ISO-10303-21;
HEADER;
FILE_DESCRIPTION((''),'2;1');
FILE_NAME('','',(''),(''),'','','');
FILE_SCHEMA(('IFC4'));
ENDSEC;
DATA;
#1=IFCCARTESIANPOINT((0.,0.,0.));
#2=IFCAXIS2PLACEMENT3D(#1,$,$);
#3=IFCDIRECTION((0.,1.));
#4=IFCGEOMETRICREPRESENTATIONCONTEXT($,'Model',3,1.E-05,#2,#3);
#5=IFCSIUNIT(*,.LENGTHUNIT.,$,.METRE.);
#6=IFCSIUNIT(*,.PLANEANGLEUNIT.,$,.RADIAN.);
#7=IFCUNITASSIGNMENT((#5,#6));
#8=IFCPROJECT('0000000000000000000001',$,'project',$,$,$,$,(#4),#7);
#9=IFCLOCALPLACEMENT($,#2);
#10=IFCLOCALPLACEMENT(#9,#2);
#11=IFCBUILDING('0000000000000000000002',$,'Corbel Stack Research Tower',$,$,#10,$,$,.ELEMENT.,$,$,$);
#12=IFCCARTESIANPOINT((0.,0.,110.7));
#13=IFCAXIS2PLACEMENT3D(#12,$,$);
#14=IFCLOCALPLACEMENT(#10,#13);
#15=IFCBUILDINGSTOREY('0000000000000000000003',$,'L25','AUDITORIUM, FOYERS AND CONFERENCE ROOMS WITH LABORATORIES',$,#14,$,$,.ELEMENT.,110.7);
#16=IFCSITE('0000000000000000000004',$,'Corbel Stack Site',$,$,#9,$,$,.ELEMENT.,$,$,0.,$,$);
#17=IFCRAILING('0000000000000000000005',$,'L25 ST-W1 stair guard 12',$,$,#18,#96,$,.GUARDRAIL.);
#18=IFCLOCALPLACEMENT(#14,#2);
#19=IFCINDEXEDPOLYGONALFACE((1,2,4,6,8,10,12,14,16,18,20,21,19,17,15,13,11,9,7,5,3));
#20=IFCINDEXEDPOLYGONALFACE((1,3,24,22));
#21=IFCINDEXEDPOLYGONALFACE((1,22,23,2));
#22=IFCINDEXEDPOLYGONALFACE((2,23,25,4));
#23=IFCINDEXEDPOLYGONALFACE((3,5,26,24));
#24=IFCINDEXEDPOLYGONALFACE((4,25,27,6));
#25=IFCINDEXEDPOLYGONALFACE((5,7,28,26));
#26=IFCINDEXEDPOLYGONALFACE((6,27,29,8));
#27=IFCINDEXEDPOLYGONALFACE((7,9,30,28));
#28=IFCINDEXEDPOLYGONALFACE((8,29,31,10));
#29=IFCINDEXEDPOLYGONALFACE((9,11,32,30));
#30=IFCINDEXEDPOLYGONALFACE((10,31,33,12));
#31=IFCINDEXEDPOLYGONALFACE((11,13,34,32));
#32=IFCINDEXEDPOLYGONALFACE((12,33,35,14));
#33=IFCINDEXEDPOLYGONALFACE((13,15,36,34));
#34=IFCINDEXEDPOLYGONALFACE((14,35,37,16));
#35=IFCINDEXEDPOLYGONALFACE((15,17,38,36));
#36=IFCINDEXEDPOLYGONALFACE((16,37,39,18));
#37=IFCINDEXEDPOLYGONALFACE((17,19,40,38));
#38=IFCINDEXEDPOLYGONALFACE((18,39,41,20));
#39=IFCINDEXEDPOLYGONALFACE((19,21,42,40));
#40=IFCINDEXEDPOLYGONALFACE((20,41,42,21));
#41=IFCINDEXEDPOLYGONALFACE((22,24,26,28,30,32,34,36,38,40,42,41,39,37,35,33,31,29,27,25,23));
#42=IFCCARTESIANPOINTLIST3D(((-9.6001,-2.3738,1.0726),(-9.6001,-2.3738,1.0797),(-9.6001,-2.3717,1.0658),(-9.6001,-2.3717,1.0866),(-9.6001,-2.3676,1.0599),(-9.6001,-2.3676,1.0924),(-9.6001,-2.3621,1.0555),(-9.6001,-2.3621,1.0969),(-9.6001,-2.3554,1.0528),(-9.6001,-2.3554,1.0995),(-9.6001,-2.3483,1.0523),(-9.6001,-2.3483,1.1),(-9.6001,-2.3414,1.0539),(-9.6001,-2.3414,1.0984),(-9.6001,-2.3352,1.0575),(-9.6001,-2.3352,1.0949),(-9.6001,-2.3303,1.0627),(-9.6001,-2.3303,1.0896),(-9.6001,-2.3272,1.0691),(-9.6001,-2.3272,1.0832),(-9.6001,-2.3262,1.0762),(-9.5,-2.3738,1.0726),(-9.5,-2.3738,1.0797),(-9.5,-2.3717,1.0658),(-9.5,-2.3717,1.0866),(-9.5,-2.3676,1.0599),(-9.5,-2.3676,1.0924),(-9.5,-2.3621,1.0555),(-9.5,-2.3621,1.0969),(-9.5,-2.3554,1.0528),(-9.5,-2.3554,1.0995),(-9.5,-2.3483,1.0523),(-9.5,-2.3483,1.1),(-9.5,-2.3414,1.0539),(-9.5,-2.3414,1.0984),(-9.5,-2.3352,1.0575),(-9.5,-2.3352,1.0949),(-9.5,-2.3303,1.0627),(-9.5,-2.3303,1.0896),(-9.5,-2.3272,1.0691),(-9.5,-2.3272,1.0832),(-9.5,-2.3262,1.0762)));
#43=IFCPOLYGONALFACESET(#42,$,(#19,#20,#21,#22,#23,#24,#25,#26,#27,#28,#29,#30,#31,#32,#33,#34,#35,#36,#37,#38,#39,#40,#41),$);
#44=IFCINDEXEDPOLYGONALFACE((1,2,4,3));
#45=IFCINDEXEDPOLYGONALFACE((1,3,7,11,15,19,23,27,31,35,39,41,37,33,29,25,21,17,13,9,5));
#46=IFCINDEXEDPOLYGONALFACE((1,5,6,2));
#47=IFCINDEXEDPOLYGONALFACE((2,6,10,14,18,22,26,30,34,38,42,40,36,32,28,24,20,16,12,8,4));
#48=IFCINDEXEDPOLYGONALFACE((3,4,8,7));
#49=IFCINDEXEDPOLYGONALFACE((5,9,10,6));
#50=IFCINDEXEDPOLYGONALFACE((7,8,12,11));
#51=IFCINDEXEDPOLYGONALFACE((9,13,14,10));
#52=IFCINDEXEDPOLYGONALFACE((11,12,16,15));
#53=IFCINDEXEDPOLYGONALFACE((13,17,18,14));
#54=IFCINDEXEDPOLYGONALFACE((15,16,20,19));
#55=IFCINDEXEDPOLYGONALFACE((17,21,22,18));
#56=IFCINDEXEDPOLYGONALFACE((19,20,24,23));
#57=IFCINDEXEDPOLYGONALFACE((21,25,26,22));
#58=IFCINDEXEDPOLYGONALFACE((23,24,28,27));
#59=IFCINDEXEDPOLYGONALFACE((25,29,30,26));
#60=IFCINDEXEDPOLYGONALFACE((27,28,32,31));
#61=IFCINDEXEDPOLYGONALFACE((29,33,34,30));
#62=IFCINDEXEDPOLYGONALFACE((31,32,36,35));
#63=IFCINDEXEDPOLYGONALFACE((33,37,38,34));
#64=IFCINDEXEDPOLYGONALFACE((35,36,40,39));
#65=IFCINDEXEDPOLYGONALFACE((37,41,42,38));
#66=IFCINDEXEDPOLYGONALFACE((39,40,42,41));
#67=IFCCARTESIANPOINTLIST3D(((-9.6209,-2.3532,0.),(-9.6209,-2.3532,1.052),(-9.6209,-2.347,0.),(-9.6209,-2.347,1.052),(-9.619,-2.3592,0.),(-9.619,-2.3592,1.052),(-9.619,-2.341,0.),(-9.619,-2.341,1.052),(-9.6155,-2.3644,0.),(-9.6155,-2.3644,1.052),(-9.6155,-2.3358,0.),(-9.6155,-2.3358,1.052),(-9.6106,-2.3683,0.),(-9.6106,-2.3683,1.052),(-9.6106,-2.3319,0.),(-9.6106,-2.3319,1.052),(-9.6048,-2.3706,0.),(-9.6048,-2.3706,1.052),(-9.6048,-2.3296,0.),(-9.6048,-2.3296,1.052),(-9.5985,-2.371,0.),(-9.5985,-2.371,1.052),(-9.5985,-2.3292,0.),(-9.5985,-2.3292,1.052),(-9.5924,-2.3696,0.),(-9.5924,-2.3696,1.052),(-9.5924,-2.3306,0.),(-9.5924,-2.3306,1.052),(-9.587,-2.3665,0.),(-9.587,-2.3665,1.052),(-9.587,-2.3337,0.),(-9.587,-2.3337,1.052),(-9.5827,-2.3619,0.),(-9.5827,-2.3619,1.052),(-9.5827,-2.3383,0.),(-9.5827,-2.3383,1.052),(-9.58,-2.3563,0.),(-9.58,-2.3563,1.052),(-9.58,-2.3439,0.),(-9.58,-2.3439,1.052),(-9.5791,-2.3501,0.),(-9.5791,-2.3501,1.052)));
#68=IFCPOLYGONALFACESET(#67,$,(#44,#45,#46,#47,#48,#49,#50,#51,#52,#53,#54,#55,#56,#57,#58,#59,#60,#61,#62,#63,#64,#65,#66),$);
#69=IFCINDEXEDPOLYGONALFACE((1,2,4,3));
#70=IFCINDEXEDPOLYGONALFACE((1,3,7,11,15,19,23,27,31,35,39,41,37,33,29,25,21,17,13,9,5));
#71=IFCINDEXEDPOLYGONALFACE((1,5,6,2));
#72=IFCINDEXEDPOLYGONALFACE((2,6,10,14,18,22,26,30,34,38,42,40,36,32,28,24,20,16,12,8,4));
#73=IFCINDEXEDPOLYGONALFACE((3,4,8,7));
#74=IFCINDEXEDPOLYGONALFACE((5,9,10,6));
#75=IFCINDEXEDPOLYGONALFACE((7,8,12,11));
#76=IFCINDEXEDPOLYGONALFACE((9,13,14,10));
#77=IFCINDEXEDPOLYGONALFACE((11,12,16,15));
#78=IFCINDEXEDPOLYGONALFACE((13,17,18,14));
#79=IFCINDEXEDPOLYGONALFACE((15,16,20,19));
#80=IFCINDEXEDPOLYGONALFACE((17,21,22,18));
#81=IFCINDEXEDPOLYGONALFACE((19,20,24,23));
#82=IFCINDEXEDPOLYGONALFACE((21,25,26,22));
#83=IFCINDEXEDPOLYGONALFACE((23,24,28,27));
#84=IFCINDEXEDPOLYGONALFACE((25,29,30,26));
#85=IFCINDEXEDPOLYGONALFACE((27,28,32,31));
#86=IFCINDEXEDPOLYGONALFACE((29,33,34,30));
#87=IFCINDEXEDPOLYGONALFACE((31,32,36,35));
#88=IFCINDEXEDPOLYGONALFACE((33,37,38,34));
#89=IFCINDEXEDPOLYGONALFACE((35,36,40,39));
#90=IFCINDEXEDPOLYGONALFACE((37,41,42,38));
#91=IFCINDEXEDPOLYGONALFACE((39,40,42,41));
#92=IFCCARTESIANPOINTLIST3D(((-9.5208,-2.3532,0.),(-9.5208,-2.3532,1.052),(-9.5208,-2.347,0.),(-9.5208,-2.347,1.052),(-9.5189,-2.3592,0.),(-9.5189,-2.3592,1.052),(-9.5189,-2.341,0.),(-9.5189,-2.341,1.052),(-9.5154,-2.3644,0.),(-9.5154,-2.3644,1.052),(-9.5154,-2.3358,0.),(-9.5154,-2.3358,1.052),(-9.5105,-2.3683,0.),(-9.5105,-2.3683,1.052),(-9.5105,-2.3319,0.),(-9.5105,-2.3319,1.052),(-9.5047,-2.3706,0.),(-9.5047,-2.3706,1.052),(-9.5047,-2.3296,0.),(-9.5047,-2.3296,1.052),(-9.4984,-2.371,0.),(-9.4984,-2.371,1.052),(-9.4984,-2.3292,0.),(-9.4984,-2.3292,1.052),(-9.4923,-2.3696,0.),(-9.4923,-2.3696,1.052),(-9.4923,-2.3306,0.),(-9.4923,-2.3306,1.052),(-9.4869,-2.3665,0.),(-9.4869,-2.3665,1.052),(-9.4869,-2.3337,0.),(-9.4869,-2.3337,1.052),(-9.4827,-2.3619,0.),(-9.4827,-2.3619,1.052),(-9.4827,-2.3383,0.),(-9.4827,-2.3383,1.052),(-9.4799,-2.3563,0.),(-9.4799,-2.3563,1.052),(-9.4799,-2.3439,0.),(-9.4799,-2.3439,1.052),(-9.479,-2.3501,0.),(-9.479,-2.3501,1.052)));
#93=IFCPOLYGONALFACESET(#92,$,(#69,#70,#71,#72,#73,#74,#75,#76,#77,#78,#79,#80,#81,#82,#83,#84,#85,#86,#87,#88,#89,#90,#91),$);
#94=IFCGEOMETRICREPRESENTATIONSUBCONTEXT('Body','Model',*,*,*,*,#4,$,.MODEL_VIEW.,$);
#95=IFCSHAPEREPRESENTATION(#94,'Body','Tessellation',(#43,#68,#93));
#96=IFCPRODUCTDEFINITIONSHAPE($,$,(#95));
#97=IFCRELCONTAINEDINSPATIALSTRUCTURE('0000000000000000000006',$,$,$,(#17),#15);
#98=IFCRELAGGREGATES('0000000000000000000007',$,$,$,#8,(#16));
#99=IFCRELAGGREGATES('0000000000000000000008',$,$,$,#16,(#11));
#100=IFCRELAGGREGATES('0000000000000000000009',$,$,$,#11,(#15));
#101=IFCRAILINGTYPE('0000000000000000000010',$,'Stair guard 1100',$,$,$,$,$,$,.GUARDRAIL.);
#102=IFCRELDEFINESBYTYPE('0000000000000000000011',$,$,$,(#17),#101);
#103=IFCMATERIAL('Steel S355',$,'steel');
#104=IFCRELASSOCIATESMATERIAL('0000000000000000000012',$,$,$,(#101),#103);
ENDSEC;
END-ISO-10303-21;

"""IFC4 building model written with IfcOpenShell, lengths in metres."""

from ifc_helpers import new_model, si_unit, direction, frame, origin, origin_2d, place, context, subcontext, project, spatial, circle, extrude, material, type_object, element, save


model = new_model("IFC4")

# Units and contexts
model_context = context("Model", 3, precision=1e-05, world=origin(), true_north=direction((0.0, 1.0)))
body_context = subcontext(model_context, "Body", "Model", "MODEL_VIEW")
ifc_project = project(units=[si_unit("LENGTHUNIT", "METRE"), si_unit("PLANEANGLEUNIT", "RADIAN")], contexts=[model_context])

# Site, building, storey
site_placement = place(None, origin())
site = spatial("IfcSite", under=ifc_project, at=site_placement, Name="Corbel Stack Site", CompositionType="ELEMENT", RefElevation=0.0)
building_placement = place(site_placement, origin())
building = spatial("IfcBuilding", under=site, at=building_placement, Name="Corbel Stack Research Tower", CompositionType="ELEMENT")
storey_placement = place(building_placement, frame((0.0, 0.0, 110.7)))
storey = spatial("IfcBuildingStorey", under=building, at=storey_placement, Name="L25", Description="AUDITORIUM, FOYERS AND CONFERENCE ROOMS WITH LABORATORIES", CompositionType="ELEMENT", Elevation=110.7)

# Railing
ifc_material_1 = material(Name="Steel S355", Category="steel")
railing_type = type_object("IfcRailingType", Name="Stair guard 1100", PredefinedType="GUARDRAIL", material=ifc_material_1)
for number, where, name in (
    (1, (-9.6001, -2.3501, 0.0), "L25 ST-W1 stair guard 12"),
):
    element("IfcRailing", number, at=place(storey_placement, frame(where)), inside=storey, type_object=railing_type, Name=name, PredefinedType="GUARDRAIL", context=body_context, shape_type="SweptSolid", body=[
        extrude(circle(Radius=0.0239, at=origin_2d()), frame((0.0, 0.0, 1.0762), z_axis=(1.0, 0.0, 0.0), x_axis=(0.0, 1.0, 0.0)), (0.0, 0.0, 1.0), 0.1001),
        extrude(circle(Radius=0.021, at=origin_2d()), origin(), (0.0, 0.0, 1.0), 1.052),
        extrude(circle(Radius=0.021, at=origin_2d()), frame((0.1001, 0.0, 0.0)), (0.0, 0.0, 1.0), 1.052),
    ])

save(model, "model.ifc")
